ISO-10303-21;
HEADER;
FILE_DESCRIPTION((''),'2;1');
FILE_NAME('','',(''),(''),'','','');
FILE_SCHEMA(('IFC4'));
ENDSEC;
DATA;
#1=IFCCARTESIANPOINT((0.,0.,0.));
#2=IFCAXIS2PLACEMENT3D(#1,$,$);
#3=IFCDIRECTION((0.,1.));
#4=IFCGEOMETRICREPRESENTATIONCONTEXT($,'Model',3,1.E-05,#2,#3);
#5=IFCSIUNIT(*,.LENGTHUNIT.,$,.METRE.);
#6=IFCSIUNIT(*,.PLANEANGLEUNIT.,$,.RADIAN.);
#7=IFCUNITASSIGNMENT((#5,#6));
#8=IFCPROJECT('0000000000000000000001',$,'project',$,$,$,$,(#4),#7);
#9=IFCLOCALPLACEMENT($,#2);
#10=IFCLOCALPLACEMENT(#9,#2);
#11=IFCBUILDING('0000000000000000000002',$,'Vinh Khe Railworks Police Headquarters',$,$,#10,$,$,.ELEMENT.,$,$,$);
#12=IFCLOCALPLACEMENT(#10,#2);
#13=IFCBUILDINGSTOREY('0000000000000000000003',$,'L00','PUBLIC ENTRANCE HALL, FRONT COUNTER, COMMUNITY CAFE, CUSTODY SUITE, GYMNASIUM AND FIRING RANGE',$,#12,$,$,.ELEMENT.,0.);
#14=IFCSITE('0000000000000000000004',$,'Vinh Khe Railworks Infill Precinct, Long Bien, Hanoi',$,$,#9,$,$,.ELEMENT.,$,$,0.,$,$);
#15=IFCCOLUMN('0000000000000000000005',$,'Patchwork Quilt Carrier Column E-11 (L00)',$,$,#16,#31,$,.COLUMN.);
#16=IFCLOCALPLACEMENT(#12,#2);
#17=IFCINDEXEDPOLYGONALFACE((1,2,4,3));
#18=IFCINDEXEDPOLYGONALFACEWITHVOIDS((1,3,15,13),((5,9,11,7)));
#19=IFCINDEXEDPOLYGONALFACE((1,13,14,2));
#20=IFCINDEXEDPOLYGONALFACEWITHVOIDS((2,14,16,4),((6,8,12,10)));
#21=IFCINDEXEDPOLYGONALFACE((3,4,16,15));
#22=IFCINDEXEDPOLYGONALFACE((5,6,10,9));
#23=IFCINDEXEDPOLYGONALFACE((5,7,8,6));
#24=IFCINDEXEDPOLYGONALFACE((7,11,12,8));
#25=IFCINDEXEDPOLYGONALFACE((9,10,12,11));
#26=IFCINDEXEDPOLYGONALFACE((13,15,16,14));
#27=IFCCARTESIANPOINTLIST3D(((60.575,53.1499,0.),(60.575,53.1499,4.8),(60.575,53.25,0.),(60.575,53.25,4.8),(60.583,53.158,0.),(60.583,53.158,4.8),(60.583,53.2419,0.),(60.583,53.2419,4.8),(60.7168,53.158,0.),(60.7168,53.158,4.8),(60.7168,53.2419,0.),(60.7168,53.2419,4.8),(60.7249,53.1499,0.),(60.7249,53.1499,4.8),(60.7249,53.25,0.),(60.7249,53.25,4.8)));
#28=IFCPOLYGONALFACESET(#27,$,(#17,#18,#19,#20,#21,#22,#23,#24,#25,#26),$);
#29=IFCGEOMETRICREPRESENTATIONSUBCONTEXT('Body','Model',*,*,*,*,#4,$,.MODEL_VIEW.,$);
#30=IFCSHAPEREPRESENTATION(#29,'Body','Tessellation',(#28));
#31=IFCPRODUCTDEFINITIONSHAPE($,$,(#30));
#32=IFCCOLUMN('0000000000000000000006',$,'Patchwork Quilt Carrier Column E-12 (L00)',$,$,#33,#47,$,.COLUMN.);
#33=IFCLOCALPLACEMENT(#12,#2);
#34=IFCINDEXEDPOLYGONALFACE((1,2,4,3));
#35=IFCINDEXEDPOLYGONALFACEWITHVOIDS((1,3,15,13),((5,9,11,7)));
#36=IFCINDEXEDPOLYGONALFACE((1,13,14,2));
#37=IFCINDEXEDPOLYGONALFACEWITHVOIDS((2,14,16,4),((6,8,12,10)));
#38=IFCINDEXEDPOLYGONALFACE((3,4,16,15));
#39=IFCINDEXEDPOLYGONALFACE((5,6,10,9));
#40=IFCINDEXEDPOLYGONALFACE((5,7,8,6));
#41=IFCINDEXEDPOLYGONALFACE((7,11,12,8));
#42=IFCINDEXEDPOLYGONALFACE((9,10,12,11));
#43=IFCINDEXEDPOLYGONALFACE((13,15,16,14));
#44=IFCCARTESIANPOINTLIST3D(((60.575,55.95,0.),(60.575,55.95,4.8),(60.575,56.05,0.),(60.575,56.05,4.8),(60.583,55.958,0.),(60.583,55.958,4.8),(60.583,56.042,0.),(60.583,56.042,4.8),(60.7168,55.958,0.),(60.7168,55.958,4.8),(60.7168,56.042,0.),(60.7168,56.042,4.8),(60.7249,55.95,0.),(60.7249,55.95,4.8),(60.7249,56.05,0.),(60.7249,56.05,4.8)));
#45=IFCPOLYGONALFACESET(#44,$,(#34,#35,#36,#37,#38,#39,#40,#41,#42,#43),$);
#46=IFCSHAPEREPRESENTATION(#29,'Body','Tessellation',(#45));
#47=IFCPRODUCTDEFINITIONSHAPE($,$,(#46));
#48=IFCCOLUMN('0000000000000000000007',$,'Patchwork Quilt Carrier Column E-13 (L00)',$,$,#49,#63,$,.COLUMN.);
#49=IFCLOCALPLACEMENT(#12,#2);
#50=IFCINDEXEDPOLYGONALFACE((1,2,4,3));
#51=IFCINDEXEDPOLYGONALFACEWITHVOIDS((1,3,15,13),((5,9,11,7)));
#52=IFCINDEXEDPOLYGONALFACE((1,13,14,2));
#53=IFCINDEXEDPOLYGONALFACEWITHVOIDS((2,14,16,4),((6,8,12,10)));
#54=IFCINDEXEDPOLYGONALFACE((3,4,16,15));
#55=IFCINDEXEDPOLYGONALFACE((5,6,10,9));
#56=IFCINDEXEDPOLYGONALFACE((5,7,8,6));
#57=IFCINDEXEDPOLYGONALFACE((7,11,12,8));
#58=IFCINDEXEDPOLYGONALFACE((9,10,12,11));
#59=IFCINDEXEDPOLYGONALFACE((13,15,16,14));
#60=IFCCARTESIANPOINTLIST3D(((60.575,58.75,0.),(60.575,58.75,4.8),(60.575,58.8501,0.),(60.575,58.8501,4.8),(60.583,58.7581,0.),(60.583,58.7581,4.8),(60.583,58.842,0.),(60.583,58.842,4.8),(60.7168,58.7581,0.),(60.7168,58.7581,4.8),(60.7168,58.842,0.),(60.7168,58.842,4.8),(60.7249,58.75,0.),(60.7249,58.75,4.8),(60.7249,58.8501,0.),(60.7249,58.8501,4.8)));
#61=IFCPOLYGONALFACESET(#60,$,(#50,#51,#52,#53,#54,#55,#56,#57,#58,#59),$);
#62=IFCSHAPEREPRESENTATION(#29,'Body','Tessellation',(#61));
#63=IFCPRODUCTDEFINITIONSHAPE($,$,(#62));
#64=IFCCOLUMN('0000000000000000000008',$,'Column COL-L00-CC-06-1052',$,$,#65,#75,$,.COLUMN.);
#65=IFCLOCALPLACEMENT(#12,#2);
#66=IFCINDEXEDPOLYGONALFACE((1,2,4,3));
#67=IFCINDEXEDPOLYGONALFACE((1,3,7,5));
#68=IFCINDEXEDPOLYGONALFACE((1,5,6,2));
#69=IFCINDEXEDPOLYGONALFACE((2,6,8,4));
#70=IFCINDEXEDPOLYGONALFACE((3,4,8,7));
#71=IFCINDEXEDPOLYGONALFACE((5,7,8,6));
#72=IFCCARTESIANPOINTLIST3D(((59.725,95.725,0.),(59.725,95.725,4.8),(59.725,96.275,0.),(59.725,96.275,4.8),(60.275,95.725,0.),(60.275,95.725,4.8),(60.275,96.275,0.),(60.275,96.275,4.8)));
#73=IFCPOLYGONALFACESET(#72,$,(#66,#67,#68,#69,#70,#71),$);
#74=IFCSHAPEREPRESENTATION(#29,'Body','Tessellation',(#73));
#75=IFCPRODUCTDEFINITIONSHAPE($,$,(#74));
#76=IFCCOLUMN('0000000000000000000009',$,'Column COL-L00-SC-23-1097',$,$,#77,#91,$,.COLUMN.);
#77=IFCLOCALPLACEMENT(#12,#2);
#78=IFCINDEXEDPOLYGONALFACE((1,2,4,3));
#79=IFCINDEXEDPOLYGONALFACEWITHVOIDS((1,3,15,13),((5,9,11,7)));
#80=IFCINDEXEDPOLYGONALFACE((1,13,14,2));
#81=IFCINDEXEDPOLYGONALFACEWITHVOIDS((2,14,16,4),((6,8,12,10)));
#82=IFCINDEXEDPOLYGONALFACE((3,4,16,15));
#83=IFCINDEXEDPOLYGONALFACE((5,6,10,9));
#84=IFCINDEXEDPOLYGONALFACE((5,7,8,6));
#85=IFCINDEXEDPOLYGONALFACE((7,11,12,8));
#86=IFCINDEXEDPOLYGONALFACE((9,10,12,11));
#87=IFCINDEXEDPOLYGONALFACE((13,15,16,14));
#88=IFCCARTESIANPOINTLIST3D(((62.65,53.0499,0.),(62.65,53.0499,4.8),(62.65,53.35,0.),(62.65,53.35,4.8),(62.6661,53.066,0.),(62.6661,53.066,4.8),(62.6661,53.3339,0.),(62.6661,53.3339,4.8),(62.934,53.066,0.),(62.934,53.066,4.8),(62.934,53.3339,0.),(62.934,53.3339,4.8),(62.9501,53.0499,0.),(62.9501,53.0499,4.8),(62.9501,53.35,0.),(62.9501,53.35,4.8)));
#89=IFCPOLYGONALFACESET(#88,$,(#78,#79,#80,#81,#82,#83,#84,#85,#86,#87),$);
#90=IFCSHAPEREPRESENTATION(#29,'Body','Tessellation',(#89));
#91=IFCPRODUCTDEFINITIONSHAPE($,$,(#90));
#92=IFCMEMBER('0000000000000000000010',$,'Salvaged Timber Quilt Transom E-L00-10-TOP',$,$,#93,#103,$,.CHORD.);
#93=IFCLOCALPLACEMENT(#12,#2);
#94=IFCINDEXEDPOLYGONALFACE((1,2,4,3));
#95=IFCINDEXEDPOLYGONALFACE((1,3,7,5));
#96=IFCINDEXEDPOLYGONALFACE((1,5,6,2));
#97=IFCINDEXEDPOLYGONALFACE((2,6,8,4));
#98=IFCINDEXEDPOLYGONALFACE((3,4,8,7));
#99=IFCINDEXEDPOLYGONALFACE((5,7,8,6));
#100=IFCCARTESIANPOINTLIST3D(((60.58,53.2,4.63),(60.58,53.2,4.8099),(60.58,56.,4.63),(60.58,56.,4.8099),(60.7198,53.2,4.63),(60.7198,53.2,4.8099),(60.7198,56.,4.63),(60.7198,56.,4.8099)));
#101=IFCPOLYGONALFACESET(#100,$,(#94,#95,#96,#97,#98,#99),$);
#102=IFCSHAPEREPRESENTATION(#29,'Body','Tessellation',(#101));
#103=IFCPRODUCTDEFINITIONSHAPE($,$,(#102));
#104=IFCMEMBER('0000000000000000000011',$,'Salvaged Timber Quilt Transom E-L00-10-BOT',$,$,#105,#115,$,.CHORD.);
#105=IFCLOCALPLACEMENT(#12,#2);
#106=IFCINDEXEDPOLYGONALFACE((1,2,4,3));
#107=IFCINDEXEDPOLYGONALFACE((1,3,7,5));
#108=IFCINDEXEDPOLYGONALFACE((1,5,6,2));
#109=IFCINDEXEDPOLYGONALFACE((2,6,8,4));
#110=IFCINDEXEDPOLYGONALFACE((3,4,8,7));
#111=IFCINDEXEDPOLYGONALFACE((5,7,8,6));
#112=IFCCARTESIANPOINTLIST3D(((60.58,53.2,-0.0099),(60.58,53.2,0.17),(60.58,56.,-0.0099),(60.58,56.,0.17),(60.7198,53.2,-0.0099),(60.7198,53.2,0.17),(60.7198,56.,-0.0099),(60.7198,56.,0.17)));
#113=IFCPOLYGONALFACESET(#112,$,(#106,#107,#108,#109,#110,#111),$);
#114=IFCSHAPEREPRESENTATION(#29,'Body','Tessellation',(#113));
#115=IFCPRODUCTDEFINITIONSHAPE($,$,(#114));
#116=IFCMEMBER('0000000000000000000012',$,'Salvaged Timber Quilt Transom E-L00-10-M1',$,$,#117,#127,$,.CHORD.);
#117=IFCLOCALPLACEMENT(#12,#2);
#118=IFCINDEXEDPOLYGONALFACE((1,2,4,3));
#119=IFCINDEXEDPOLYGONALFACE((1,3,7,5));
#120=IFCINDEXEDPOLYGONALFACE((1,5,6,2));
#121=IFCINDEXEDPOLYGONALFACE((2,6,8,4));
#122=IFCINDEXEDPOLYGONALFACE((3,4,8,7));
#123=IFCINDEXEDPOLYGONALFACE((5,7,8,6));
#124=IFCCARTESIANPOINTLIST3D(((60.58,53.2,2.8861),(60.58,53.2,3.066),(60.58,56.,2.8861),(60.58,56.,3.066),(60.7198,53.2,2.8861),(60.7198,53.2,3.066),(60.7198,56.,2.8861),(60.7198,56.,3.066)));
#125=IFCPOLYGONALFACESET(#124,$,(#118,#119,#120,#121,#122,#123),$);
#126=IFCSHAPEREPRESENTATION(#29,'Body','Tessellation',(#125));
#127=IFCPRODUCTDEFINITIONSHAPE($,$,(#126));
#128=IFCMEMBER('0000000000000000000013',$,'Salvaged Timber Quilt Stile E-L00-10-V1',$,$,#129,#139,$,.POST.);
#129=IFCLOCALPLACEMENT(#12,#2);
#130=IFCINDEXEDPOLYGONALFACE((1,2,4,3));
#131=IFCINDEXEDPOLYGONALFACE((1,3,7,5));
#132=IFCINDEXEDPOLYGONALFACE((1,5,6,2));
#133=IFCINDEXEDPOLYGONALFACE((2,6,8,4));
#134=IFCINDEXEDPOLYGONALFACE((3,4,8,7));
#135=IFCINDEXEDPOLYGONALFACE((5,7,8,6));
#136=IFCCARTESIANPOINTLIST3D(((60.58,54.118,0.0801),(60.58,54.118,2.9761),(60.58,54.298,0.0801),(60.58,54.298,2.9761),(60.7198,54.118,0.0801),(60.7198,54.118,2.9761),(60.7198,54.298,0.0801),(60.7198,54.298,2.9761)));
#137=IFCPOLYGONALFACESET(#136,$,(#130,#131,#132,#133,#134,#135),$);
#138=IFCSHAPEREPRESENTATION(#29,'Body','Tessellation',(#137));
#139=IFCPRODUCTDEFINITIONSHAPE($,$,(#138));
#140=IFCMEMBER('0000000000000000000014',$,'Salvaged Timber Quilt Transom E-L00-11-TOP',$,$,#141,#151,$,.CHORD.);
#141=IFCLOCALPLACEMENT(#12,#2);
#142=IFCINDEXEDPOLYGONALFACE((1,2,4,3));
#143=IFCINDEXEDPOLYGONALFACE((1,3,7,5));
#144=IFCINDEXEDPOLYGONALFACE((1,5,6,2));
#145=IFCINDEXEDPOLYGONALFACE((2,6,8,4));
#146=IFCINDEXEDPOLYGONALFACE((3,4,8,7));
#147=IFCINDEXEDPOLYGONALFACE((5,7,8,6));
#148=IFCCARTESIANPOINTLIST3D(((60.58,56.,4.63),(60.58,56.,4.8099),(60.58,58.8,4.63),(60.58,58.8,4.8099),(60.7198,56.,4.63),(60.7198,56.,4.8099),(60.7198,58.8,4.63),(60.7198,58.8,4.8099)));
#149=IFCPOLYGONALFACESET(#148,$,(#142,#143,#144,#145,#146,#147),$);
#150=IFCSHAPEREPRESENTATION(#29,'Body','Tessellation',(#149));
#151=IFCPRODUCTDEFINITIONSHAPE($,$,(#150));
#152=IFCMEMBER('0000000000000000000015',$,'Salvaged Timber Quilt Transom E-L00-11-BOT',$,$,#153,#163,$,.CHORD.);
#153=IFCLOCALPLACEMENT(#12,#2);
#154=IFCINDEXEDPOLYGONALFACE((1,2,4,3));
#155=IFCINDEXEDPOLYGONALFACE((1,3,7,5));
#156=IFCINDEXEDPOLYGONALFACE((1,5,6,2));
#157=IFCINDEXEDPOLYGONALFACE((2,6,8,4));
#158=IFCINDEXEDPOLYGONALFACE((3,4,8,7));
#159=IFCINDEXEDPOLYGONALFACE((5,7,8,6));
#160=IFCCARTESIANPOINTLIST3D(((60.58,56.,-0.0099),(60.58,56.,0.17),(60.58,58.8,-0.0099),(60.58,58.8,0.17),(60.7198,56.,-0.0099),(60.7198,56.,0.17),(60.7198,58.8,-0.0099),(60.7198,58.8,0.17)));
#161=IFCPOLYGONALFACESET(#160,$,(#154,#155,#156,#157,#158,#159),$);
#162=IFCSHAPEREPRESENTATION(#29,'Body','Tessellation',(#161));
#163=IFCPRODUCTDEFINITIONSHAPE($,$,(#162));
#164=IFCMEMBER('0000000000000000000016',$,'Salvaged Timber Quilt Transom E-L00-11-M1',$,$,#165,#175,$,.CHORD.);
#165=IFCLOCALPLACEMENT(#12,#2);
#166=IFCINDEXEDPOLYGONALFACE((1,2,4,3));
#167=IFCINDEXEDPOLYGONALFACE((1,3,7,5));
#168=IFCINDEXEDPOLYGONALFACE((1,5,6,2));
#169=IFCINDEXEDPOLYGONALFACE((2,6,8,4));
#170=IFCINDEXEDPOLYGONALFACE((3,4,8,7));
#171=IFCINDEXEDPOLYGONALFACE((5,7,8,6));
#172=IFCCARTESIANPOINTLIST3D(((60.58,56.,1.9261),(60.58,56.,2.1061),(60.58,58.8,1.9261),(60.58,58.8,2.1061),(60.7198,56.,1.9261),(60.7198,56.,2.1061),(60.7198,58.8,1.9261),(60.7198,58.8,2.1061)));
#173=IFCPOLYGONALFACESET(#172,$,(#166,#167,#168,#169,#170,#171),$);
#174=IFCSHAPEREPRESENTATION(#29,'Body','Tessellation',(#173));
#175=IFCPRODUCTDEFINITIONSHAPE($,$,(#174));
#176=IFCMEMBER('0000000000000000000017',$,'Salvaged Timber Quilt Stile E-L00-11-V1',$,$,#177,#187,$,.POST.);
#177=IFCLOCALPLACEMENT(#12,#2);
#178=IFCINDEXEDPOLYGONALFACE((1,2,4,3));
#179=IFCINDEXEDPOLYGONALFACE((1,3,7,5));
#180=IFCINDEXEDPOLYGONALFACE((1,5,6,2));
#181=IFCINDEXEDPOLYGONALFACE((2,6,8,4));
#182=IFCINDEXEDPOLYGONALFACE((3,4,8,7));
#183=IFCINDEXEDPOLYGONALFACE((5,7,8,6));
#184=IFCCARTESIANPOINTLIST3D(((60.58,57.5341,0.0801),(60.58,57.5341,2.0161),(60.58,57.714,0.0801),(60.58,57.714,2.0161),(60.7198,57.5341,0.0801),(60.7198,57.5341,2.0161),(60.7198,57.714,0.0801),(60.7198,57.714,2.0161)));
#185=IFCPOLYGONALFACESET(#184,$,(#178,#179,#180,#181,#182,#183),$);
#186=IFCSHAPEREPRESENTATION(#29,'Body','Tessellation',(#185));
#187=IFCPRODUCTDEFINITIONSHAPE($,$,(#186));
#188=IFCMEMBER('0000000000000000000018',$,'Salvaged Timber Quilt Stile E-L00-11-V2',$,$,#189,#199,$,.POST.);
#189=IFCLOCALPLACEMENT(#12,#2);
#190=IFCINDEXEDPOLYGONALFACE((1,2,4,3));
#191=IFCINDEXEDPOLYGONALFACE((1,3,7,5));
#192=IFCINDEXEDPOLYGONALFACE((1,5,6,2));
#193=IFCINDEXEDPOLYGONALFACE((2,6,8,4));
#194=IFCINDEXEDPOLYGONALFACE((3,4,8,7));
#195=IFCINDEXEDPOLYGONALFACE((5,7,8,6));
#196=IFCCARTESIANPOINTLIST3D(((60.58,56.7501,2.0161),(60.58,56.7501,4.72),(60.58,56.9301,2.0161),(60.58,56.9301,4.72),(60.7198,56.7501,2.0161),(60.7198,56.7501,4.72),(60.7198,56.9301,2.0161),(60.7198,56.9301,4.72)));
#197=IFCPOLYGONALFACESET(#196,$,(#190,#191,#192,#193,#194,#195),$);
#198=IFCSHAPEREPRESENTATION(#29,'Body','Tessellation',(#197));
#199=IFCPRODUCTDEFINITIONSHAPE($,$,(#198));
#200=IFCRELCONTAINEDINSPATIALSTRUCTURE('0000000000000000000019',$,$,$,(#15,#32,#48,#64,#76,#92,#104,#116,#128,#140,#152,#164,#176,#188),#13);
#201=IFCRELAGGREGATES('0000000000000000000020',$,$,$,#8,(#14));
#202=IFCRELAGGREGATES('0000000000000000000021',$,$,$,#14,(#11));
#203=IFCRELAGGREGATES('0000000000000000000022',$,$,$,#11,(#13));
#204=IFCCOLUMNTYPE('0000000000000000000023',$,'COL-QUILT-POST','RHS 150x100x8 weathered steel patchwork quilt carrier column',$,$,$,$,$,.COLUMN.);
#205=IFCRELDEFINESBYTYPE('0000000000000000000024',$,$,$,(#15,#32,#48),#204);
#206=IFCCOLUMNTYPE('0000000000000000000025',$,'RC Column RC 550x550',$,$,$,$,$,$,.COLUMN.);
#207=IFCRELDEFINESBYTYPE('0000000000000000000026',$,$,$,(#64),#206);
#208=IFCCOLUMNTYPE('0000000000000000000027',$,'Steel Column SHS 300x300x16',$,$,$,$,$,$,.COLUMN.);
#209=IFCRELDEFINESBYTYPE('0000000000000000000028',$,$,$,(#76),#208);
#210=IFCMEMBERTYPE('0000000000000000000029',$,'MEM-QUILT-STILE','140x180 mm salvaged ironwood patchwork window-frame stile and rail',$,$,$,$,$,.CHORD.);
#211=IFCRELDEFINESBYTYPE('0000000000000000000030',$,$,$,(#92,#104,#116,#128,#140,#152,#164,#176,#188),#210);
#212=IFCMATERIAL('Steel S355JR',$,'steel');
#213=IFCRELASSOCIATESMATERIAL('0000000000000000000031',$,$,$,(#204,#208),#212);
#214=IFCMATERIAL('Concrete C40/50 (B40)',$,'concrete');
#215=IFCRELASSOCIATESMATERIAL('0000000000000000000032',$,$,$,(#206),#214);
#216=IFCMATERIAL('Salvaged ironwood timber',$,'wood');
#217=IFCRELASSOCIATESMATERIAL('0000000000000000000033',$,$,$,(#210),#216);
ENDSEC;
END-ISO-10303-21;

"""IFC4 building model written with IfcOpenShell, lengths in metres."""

from ifc_helpers import new_model, si_unit, direction, frame, origin, origin_2d, place, context, subcontext, project, spatial, rectangle, hollow_rectangle, extrude, material, material_profile, profile_set, type_object, element, save


model = new_model("IFC4")

# Units and contexts
model_context = context("Model", 3, precision=1e-05, world=origin(), true_north=direction((0.0, 1.0)))
body_context = subcontext(model_context, "Body", "Model", "MODEL_VIEW")
ifc_project = project(units=[si_unit("LENGTHUNIT", "METRE"), si_unit("PLANEANGLEUNIT", "RADIAN")], contexts=[model_context])

# Site, building, storey
site_placement = place(None, origin())
site = spatial("IfcSite", under=ifc_project, at=site_placement, Name="Vinh Khe Railworks Infill Precinct, Long Bien, Hanoi", CompositionType="ELEMENT", RefElevation=0.0)
building_placement = place(site_placement, origin())
building = spatial("IfcBuilding", under=site, at=building_placement, Name="Vinh Khe Railworks Police Headquarters", CompositionType="ELEMENT")
storey_placement = place(building_placement, origin())
storey = spatial("IfcBuildingStorey", under=building, at=storey_placement, Name="L00", Description="PUBLIC ENTRANCE HALL, FRONT COUNTER, COMMUNITY CAFE, CUSTODY SUITE, GYMNASIUM AND FIRING RANGE", CompositionType="ELEMENT", Elevation=0.0)

# Columns
ifc_material_1 = material(Name="Steel S355JR", Category="steel")
ifc_material_profile_1 = material_profile(ifc_material_1, hollow_rectangle(XDim=0.1499, YDim=0.1001, WallThickness=0.0081, at=origin_2d()), Name="RHS 150x100x8")
ifc_profile_set_1 = profile_set([ifc_material_profile_1], Name="Steel S355JR")
column_type_1 = type_object("IfcColumnType", Name="COL-QUILT-POST", Description="RHS 150x100x8 weathered steel patchwork quilt carrier column", PredefinedType="COLUMN", material=ifc_profile_set_1)
for number, where, z_axis, x_axis, name in (
    (1, (60.6499, 53.2, 0.0), (0.0, 0.0, 1.0), (1.0, 0.0, 0.0), "Patchwork Quilt Carrier Column E-11 (L00)"),
    (2, (60.6499, 56.0, 0.0), (0.0, 0.0, 1.0), (1.0, 0.0, 0.0), "Patchwork Quilt Carrier Column E-12 (L00)"),
    (3, (60.6499, 58.8, 0.0), (0.0, 0.0, 1.0), (1.0, 0.0, 0.0), "Patchwork Quilt Carrier Column E-13 (L00)"),
):
    element("IfcColumn", number, at=place(storey_placement, frame(where, z_axis=z_axis, x_axis=x_axis)), inside=storey, type_object=column_type_1, Name=name, PredefinedType="COLUMN", context=body_context, shape_type="SweptSolid", body=[
        extrude(hollow_rectangle(XDim=0.1499, YDim=0.1001, WallThickness=0.0081, at=origin_2d()), origin(), (0.0, 0.0, 1.0), 4.8),
    ])
ifc_material_2 = material(Name="Concrete C40/50 (B40)", Category="concrete")
ifc_material_profile_2 = material_profile(ifc_material_2, rectangle(XDim=0.55, YDim=0.55, at=origin_2d()), Name="RC 550x550")
ifc_profile_set_2 = profile_set([ifc_material_profile_2], Name="Concrete C40/50 (B40)")
column_type_2 = type_object("IfcColumnType", Name="RC Column RC 550x550", PredefinedType="COLUMN", material=ifc_profile_set_2)
column_1_placement = place(storey_placement, frame((60.0, 96.0, 0.0), z_axis=(0.0, 0.0, 1.0), x_axis=(1.0, 0.0, 0.0)))
element("IfcColumn", 4, at=column_1_placement, inside=storey, type_object=column_type_2, Name="Column COL-L00-CC-06-1052", PredefinedType="COLUMN", context=body_context, shape_type="SweptSolid", body=[
    extrude(rectangle(XDim=0.55, YDim=0.55, at=origin_2d()), origin(), (0.0, 0.0, 1.0), 4.8),
])
ifc_material_profile_3 = material_profile(ifc_material_1, hollow_rectangle(XDim=0.3, YDim=0.3, WallThickness=0.0161, at=origin_2d()), Name="SHS 300x300x16")
ifc_profile_set_3 = profile_set([ifc_material_profile_3], Name="Steel S355JR")
column_type_3 = type_object("IfcColumnType", Name="Steel Column SHS 300x300x16", PredefinedType="COLUMN", material=ifc_profile_set_3)
column_2_placement = place(storey_placement, frame((62.8, 53.2, 0.0), z_axis=(0.0, 0.0, 1.0), x_axis=(1.0, 0.0, 0.0)))
element("IfcColumn", 5, at=column_2_placement, inside=storey, type_object=column_type_3, Name="Column COL-L00-SC-23-1097", PredefinedType="COLUMN", context=body_context, shape_type="SweptSolid", body=[
    extrude(hollow_rectangle(XDim=0.3, YDim=0.3, WallThickness=0.0161, at=origin_2d()), origin(), (0.0, 0.0, 1.0), 4.8),
])

# Members
ifc_material_3 = material(Name="Salvaged ironwood timber", Category="wood")
ifc_material_profile_4 = material_profile(ifc_material_3, rectangle(XDim=0.1399, YDim=0.1799, at=origin_2d()), Name="TIMBER 140x180")
ifc_profile_set_4 = profile_set([ifc_material_profile_4], Name="Salvaged ironwood timber")
member_type = type_object("IfcMemberType", Name="MEM-QUILT-STILE", Description="140x180 mm salvaged ironwood patchwork window-frame stile and rail", PredefinedType="CHORD", material=ifc_profile_set_4)
for number, where, z_axis, x_axis, name in (
    (6, (60.6499, 53.2, 4.72), (0.0, 1.0, 0.0), (-1.0, 0.0, 0.0), "Salvaged Timber Quilt Transom E-L00-10-TOP"),
    (7, (60.6499, 53.2, 0.0801), (0.0, 1.0, 0.0), (-1.0, 0.0, 0.0), "Salvaged Timber Quilt Transom E-L00-10-BOT"),
    (8, (60.6499, 53.2, 2.9761), (0.0, 1.0, 0.0), (-1.0, 0.0, 0.0), "Salvaged Timber Quilt Transom E-L00-10-M1"),
):
    element("IfcMember", number, at=place(storey_placement, frame(where, z_axis=z_axis, x_axis=x_axis)), inside=storey, type_object=member_type, Name=name, PredefinedType="CHORD", context=body_context, shape_type="SweptSolid", body=[
        extrude(rectangle(XDim=0.1399, YDim=0.1799, at=origin_2d()), origin(), (0.0, 0.0, 1.0), 2.8),
    ])
member_1_placement = place(storey_placement, frame((60.6499, 54.208, 0.0801), z_axis=(0.0, 0.0, 1.0), x_axis=(1.0, 0.0, 0.0)))
element("IfcMember", 9, at=member_1_placement, inside=storey, type_object=member_type, Name="Salvaged Timber Quilt Stile E-L00-10-V1", PredefinedType="POST", context=body_context, shape_type="SweptSolid", body=[
    extrude(rectangle(XDim=0.1399, YDim=0.1799, at=origin_2d()), origin(), (0.0, 0.0, 1.0), 2.896),
])
for number, where, z_axis, x_axis, name in (
    (10, (60.6499, 56.0, 4.72), (0.0, 1.0, 0.0), (-1.0, 0.0, 0.0), "Salvaged Timber Quilt Transom E-L00-11-TOP"),
    (11, (60.6499, 56.0, 0.0801), (0.0, 1.0, 0.0), (-1.0, 0.0, 0.0), "Salvaged Timber Quilt Transom E-L00-11-BOT"),
    (12, (60.6499, 56.0, 2.0161), (0.0, 1.0, 0.0), (-1.0, 0.0, 0.0), "Salvaged Timber Quilt Transom E-L00-11-M1"),
):
    element("IfcMember", number, at=place(storey_placement, frame(where, z_axis=z_axis, x_axis=x_axis)), inside=storey, type_object=member_type, Name=name, PredefinedType="CHORD", context=body_context, shape_type="SweptSolid", body=[
        extrude(rectangle(XDim=0.1399, YDim=0.1799, at=origin_2d()), origin(), (0.0, 0.0, 1.0), 2.8),
    ])
member_2_placement = place(storey_placement, frame((60.6499, 57.624, 0.0801), z_axis=(0.0, 0.0, 1.0), x_axis=(1.0, 0.0, 0.0)))
element("IfcMember", 13, at=member_2_placement, inside=storey, type_object=member_type, Name="Salvaged Timber Quilt Stile E-L00-11-V1", PredefinedType="POST", context=body_context, shape_type="SweptSolid", body=[
    extrude(rectangle(XDim=0.1399, YDim=0.1799, at=origin_2d()), origin(), (0.0, 0.0, 1.0), 1.936),
])
member_3_placement = place(storey_placement, frame((60.6499, 56.8401, 2.0161), z_axis=(0.0, 0.0, 1.0), x_axis=(1.0, 0.0, 0.0)))
element("IfcMember", 14, at=member_3_placement, inside=storey, type_object=member_type, Name="Salvaged Timber Quilt Stile E-L00-11-V2", PredefinedType="POST", context=body_context, shape_type="SweptSolid", body=[
    extrude(rectangle(XDim=0.1399, YDim=0.1799, at=origin_2d()), origin(), (0.0, 0.0, 1.0), 2.7039),
])

save(model, "model.ifc")
